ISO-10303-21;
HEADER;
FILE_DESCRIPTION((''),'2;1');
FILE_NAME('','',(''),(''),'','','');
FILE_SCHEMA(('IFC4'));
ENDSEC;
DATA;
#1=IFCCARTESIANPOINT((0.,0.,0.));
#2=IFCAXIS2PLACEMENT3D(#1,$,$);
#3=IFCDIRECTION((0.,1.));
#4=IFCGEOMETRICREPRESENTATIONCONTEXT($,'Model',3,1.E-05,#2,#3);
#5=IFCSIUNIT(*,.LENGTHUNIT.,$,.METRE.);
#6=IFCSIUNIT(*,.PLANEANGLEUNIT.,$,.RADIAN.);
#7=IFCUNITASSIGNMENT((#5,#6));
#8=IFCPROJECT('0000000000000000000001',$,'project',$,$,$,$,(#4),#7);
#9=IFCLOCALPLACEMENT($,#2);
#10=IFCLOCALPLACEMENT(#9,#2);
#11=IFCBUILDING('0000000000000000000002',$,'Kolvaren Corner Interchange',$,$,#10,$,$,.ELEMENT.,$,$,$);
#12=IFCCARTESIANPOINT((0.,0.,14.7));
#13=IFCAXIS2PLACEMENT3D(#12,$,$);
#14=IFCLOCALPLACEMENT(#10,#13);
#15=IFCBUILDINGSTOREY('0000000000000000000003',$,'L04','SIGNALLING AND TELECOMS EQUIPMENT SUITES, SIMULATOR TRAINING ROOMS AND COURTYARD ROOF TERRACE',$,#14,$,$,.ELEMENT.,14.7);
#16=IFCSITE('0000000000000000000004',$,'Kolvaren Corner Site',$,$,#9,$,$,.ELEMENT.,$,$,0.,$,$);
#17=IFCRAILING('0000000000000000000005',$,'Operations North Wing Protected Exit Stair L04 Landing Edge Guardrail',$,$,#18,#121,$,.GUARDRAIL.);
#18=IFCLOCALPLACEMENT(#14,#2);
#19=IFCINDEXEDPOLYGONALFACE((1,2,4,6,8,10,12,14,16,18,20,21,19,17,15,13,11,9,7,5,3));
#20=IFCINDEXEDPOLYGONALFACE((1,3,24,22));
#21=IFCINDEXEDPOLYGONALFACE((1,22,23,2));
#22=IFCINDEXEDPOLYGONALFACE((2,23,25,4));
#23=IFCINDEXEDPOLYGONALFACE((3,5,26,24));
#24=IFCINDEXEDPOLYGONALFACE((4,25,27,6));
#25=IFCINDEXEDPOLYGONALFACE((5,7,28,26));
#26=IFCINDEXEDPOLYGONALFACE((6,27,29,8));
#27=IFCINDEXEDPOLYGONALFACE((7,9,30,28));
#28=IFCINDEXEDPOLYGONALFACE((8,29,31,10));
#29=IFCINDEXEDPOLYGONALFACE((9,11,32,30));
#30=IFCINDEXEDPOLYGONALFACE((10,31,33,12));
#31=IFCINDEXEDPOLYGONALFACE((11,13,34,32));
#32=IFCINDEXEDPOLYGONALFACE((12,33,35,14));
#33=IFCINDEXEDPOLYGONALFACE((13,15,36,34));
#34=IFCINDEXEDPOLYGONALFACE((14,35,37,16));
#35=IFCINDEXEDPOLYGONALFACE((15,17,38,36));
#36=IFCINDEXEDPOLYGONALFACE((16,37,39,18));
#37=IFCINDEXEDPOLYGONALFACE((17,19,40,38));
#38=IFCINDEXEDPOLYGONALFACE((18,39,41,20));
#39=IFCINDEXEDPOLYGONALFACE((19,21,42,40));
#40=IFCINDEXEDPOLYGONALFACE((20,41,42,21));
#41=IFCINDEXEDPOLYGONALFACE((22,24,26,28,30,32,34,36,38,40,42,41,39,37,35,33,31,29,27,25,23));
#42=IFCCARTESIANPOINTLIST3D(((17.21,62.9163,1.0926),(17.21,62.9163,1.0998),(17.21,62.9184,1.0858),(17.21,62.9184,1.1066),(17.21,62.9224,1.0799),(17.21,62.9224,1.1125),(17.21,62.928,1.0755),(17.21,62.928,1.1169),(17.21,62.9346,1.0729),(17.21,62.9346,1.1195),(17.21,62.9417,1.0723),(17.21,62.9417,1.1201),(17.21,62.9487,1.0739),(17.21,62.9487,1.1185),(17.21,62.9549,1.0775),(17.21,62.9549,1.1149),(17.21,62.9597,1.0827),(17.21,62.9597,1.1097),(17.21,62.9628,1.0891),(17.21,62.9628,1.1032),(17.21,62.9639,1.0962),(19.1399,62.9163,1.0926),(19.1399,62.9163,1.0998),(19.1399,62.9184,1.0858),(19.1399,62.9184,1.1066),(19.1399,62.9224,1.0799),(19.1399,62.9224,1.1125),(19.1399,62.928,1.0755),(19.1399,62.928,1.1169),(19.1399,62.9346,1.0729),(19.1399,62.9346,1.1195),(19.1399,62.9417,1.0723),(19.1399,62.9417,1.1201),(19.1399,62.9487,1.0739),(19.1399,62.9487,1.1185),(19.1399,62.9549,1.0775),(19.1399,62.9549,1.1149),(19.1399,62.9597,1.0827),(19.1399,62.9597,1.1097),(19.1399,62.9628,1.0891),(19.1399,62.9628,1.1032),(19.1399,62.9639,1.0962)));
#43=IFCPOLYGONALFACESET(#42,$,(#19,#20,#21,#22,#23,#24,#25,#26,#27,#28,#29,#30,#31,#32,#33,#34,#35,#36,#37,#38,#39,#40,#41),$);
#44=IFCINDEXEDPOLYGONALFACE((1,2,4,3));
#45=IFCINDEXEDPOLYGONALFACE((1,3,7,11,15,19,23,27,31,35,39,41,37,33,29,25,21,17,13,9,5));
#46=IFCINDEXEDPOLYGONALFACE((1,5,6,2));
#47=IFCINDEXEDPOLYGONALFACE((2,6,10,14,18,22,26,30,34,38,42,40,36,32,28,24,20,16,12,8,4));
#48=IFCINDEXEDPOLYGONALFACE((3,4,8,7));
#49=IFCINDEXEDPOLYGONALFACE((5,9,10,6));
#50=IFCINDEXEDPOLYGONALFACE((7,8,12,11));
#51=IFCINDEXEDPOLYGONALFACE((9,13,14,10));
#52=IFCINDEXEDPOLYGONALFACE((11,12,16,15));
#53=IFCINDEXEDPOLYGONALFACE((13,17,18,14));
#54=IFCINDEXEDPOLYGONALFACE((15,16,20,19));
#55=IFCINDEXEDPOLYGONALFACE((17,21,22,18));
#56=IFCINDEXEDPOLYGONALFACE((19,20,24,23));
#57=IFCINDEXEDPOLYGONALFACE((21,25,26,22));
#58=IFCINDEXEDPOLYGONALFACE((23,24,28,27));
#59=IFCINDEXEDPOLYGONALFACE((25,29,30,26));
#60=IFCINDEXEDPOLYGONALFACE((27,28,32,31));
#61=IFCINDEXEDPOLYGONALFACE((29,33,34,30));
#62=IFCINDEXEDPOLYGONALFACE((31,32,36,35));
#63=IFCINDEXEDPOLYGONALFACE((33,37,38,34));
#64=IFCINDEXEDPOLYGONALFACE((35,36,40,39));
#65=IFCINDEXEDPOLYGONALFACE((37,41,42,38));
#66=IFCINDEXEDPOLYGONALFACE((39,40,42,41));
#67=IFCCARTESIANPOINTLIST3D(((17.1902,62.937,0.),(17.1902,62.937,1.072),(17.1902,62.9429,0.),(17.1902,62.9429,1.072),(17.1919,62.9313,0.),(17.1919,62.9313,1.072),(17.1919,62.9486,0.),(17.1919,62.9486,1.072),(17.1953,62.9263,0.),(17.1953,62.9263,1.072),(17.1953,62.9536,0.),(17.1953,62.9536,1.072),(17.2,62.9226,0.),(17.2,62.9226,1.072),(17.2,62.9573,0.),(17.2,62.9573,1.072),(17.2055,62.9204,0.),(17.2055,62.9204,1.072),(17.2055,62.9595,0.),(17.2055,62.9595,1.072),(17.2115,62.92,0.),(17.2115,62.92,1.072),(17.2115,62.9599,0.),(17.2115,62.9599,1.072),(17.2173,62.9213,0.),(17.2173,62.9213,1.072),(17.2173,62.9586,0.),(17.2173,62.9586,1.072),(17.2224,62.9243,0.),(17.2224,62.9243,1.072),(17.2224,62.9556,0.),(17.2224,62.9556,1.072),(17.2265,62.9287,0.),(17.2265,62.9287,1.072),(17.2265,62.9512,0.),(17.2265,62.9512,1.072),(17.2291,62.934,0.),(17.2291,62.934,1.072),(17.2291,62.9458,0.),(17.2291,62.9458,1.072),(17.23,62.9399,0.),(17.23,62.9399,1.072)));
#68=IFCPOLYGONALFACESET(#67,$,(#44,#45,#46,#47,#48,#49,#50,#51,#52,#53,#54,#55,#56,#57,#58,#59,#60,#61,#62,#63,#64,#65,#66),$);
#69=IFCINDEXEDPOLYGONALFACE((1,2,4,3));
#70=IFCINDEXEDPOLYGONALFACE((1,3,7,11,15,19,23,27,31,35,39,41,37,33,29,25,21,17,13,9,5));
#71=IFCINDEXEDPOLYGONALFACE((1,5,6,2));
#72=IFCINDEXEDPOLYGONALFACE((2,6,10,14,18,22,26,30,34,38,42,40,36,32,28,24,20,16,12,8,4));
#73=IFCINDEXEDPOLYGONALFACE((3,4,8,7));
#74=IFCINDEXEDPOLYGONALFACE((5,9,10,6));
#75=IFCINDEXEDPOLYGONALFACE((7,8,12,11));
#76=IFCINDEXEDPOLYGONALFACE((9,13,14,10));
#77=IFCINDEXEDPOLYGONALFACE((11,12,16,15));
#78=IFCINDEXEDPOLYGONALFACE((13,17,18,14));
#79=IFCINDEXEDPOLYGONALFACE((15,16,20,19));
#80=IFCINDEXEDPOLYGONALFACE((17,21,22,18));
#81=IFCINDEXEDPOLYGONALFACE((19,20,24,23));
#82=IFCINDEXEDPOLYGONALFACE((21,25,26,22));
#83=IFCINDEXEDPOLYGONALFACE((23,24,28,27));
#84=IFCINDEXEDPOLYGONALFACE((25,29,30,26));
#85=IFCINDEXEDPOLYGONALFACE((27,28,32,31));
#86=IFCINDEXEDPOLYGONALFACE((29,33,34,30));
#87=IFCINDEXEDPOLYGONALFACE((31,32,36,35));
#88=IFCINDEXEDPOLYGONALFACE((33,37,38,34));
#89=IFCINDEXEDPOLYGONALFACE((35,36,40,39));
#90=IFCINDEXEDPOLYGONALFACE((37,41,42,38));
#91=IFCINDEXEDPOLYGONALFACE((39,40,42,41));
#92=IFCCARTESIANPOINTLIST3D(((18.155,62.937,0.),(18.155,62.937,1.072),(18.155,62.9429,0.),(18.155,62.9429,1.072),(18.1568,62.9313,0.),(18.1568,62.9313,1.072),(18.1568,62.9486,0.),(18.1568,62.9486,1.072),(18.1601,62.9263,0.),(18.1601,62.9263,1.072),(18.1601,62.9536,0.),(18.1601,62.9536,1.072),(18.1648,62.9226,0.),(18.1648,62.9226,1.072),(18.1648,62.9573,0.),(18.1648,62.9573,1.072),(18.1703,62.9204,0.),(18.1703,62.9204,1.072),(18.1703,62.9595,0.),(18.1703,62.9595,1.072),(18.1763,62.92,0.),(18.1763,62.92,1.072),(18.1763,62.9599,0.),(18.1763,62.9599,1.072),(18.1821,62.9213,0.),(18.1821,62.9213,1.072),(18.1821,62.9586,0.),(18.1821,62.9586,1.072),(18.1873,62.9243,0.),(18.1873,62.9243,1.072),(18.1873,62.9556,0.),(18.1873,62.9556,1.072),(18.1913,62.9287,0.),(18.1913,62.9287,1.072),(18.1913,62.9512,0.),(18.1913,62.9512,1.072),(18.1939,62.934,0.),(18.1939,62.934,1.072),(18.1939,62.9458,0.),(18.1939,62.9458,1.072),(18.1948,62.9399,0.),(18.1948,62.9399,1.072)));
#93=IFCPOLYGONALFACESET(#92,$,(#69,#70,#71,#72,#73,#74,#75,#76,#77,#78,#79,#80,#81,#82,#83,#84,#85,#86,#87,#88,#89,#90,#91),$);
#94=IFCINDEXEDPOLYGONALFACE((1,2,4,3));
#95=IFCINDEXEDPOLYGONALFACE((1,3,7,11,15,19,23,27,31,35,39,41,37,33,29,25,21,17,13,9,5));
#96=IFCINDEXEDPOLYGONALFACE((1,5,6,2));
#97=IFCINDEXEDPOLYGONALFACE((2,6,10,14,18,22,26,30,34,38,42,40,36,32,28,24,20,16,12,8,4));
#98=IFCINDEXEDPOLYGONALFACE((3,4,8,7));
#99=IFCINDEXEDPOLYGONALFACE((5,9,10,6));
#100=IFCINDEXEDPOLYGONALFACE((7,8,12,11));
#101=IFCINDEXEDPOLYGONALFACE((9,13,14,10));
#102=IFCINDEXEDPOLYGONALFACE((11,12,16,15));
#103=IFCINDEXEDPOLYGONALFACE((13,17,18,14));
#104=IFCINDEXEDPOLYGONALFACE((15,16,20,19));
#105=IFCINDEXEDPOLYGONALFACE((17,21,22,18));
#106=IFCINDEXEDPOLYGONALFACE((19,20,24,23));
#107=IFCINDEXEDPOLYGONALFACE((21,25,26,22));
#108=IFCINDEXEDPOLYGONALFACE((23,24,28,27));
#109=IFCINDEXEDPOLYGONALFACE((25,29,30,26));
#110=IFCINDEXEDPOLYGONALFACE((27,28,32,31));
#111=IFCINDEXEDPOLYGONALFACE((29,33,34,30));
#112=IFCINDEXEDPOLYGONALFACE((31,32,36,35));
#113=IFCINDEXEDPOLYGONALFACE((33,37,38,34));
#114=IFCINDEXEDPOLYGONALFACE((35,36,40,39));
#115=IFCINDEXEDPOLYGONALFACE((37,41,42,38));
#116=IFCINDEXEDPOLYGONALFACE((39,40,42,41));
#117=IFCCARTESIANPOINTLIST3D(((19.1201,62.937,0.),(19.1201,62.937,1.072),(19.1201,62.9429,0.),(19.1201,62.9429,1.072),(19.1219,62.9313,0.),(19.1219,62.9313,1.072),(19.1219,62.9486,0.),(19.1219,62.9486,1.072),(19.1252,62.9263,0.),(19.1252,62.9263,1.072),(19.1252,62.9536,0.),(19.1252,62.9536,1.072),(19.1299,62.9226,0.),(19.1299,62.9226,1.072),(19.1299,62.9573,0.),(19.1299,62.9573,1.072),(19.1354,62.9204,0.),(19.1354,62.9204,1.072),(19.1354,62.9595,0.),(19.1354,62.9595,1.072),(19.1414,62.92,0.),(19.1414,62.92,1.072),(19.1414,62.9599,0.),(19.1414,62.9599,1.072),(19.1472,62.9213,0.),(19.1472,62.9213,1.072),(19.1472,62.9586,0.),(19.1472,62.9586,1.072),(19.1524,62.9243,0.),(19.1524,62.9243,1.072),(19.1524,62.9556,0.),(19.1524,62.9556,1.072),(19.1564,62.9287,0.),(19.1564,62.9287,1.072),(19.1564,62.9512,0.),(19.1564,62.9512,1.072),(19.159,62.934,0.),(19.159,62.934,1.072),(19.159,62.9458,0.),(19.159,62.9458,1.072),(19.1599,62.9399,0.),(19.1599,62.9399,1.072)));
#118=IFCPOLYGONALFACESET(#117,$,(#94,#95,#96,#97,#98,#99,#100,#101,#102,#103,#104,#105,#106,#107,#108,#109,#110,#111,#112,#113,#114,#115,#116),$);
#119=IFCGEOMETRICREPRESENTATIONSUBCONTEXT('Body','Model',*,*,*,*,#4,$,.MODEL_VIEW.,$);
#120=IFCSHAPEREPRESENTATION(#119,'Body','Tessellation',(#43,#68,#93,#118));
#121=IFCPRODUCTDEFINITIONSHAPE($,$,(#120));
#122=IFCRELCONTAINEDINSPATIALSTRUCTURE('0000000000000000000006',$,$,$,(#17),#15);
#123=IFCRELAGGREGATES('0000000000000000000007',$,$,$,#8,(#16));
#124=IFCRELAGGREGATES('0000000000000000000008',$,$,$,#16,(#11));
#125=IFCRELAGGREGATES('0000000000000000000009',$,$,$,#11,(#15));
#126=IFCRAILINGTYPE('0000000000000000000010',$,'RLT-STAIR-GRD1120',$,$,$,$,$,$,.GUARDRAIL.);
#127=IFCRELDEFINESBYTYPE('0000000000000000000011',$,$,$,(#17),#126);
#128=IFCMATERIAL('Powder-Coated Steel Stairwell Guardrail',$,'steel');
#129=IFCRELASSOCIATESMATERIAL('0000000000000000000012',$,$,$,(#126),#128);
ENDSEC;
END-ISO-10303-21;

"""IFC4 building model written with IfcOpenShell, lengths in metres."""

from ifc_helpers import new_model, si_unit, direction, frame, origin, origin_2d, place, context, subcontext, project, spatial, circle, extrude, material, type_object, element, save


model = new_model("IFC4")

# Units and contexts
model_context = context("Model", 3, precision=1e-05, world=origin(), true_north=direction((0.0, 1.0)))
body_context = subcontext(model_context, "Body", "Model", "MODEL_VIEW")
ifc_project = project(units=[si_unit("LENGTHUNIT", "METRE"), si_unit("PLANEANGLEUNIT", "RADIAN")], contexts=[model_context])

# Site, building, storey
site_placement = place(None, origin())
site = spatial("IfcSite", under=ifc_project, at=site_placement, Name="Kolvaren Corner Site", CompositionType="ELEMENT", RefElevation=0.0)
building_placement = place(site_placement, origin())
building = spatial("IfcBuilding", under=site, at=building_placement, Name="Kolvaren Corner Interchange", CompositionType="ELEMENT")
storey_placement = place(building_placement, frame((0.0, 0.0, 14.7)))
storey = spatial("IfcBuildingStorey", under=building, at=storey_placement, Name="L04", Description="SIGNALLING AND TELECOMS EQUIPMENT SUITES, SIMULATOR TRAINING ROOMS AND COURTYARD ROOF TERRACE", CompositionType="ELEMENT", Elevation=14.7)

# Shared definitions
ifc_material_1 = material(Name="Powder-Coated Steel Stairwell Guardrail", Category="steel")
railing_type_1 = type_object("IfcRailingType", Name="RLT-STAIR-GRD1120", PredefinedType="GUARDRAIL", material=ifc_material_1)

# Railing
railing_1_placement = place(storey_placement, frame((17.21, 62.9399, 0.0)))
element("IfcRailing", 1, at=railing_1_placement, inside=storey, type_object=railing_type_1, Name="Operations North Wing Protected Exit Stair L04 Landing Edge Guardrail", PredefinedType="GUARDRAIL", context=body_context, shape_type="SweptSolid", body=[
    extrude(circle(Radius=0.0239, at=origin_2d()), frame((0.0, 0.0, 1.0962), z_axis=(1.0, 0.0, 0.0), x_axis=(0.0, 1.0, 0.0)), (0.0, 0.0, 1.0), 1.9299),
    extrude(circle(Radius=0.02, at=origin_2d()), origin(), (0.0, 0.0, 1.0), 1.072),
    extrude(circle(Radius=0.02, at=origin_2d()), frame((0.9648, 0.0, 0.0)), (0.0, 0.0, 1.0), 1.072),
    extrude(circle(Radius=0.02, at=origin_2d()), frame((1.9299, 0.0, 0.0)), (0.0, 0.0, 1.0), 1.072),
])

save(model, "model.ifc")
